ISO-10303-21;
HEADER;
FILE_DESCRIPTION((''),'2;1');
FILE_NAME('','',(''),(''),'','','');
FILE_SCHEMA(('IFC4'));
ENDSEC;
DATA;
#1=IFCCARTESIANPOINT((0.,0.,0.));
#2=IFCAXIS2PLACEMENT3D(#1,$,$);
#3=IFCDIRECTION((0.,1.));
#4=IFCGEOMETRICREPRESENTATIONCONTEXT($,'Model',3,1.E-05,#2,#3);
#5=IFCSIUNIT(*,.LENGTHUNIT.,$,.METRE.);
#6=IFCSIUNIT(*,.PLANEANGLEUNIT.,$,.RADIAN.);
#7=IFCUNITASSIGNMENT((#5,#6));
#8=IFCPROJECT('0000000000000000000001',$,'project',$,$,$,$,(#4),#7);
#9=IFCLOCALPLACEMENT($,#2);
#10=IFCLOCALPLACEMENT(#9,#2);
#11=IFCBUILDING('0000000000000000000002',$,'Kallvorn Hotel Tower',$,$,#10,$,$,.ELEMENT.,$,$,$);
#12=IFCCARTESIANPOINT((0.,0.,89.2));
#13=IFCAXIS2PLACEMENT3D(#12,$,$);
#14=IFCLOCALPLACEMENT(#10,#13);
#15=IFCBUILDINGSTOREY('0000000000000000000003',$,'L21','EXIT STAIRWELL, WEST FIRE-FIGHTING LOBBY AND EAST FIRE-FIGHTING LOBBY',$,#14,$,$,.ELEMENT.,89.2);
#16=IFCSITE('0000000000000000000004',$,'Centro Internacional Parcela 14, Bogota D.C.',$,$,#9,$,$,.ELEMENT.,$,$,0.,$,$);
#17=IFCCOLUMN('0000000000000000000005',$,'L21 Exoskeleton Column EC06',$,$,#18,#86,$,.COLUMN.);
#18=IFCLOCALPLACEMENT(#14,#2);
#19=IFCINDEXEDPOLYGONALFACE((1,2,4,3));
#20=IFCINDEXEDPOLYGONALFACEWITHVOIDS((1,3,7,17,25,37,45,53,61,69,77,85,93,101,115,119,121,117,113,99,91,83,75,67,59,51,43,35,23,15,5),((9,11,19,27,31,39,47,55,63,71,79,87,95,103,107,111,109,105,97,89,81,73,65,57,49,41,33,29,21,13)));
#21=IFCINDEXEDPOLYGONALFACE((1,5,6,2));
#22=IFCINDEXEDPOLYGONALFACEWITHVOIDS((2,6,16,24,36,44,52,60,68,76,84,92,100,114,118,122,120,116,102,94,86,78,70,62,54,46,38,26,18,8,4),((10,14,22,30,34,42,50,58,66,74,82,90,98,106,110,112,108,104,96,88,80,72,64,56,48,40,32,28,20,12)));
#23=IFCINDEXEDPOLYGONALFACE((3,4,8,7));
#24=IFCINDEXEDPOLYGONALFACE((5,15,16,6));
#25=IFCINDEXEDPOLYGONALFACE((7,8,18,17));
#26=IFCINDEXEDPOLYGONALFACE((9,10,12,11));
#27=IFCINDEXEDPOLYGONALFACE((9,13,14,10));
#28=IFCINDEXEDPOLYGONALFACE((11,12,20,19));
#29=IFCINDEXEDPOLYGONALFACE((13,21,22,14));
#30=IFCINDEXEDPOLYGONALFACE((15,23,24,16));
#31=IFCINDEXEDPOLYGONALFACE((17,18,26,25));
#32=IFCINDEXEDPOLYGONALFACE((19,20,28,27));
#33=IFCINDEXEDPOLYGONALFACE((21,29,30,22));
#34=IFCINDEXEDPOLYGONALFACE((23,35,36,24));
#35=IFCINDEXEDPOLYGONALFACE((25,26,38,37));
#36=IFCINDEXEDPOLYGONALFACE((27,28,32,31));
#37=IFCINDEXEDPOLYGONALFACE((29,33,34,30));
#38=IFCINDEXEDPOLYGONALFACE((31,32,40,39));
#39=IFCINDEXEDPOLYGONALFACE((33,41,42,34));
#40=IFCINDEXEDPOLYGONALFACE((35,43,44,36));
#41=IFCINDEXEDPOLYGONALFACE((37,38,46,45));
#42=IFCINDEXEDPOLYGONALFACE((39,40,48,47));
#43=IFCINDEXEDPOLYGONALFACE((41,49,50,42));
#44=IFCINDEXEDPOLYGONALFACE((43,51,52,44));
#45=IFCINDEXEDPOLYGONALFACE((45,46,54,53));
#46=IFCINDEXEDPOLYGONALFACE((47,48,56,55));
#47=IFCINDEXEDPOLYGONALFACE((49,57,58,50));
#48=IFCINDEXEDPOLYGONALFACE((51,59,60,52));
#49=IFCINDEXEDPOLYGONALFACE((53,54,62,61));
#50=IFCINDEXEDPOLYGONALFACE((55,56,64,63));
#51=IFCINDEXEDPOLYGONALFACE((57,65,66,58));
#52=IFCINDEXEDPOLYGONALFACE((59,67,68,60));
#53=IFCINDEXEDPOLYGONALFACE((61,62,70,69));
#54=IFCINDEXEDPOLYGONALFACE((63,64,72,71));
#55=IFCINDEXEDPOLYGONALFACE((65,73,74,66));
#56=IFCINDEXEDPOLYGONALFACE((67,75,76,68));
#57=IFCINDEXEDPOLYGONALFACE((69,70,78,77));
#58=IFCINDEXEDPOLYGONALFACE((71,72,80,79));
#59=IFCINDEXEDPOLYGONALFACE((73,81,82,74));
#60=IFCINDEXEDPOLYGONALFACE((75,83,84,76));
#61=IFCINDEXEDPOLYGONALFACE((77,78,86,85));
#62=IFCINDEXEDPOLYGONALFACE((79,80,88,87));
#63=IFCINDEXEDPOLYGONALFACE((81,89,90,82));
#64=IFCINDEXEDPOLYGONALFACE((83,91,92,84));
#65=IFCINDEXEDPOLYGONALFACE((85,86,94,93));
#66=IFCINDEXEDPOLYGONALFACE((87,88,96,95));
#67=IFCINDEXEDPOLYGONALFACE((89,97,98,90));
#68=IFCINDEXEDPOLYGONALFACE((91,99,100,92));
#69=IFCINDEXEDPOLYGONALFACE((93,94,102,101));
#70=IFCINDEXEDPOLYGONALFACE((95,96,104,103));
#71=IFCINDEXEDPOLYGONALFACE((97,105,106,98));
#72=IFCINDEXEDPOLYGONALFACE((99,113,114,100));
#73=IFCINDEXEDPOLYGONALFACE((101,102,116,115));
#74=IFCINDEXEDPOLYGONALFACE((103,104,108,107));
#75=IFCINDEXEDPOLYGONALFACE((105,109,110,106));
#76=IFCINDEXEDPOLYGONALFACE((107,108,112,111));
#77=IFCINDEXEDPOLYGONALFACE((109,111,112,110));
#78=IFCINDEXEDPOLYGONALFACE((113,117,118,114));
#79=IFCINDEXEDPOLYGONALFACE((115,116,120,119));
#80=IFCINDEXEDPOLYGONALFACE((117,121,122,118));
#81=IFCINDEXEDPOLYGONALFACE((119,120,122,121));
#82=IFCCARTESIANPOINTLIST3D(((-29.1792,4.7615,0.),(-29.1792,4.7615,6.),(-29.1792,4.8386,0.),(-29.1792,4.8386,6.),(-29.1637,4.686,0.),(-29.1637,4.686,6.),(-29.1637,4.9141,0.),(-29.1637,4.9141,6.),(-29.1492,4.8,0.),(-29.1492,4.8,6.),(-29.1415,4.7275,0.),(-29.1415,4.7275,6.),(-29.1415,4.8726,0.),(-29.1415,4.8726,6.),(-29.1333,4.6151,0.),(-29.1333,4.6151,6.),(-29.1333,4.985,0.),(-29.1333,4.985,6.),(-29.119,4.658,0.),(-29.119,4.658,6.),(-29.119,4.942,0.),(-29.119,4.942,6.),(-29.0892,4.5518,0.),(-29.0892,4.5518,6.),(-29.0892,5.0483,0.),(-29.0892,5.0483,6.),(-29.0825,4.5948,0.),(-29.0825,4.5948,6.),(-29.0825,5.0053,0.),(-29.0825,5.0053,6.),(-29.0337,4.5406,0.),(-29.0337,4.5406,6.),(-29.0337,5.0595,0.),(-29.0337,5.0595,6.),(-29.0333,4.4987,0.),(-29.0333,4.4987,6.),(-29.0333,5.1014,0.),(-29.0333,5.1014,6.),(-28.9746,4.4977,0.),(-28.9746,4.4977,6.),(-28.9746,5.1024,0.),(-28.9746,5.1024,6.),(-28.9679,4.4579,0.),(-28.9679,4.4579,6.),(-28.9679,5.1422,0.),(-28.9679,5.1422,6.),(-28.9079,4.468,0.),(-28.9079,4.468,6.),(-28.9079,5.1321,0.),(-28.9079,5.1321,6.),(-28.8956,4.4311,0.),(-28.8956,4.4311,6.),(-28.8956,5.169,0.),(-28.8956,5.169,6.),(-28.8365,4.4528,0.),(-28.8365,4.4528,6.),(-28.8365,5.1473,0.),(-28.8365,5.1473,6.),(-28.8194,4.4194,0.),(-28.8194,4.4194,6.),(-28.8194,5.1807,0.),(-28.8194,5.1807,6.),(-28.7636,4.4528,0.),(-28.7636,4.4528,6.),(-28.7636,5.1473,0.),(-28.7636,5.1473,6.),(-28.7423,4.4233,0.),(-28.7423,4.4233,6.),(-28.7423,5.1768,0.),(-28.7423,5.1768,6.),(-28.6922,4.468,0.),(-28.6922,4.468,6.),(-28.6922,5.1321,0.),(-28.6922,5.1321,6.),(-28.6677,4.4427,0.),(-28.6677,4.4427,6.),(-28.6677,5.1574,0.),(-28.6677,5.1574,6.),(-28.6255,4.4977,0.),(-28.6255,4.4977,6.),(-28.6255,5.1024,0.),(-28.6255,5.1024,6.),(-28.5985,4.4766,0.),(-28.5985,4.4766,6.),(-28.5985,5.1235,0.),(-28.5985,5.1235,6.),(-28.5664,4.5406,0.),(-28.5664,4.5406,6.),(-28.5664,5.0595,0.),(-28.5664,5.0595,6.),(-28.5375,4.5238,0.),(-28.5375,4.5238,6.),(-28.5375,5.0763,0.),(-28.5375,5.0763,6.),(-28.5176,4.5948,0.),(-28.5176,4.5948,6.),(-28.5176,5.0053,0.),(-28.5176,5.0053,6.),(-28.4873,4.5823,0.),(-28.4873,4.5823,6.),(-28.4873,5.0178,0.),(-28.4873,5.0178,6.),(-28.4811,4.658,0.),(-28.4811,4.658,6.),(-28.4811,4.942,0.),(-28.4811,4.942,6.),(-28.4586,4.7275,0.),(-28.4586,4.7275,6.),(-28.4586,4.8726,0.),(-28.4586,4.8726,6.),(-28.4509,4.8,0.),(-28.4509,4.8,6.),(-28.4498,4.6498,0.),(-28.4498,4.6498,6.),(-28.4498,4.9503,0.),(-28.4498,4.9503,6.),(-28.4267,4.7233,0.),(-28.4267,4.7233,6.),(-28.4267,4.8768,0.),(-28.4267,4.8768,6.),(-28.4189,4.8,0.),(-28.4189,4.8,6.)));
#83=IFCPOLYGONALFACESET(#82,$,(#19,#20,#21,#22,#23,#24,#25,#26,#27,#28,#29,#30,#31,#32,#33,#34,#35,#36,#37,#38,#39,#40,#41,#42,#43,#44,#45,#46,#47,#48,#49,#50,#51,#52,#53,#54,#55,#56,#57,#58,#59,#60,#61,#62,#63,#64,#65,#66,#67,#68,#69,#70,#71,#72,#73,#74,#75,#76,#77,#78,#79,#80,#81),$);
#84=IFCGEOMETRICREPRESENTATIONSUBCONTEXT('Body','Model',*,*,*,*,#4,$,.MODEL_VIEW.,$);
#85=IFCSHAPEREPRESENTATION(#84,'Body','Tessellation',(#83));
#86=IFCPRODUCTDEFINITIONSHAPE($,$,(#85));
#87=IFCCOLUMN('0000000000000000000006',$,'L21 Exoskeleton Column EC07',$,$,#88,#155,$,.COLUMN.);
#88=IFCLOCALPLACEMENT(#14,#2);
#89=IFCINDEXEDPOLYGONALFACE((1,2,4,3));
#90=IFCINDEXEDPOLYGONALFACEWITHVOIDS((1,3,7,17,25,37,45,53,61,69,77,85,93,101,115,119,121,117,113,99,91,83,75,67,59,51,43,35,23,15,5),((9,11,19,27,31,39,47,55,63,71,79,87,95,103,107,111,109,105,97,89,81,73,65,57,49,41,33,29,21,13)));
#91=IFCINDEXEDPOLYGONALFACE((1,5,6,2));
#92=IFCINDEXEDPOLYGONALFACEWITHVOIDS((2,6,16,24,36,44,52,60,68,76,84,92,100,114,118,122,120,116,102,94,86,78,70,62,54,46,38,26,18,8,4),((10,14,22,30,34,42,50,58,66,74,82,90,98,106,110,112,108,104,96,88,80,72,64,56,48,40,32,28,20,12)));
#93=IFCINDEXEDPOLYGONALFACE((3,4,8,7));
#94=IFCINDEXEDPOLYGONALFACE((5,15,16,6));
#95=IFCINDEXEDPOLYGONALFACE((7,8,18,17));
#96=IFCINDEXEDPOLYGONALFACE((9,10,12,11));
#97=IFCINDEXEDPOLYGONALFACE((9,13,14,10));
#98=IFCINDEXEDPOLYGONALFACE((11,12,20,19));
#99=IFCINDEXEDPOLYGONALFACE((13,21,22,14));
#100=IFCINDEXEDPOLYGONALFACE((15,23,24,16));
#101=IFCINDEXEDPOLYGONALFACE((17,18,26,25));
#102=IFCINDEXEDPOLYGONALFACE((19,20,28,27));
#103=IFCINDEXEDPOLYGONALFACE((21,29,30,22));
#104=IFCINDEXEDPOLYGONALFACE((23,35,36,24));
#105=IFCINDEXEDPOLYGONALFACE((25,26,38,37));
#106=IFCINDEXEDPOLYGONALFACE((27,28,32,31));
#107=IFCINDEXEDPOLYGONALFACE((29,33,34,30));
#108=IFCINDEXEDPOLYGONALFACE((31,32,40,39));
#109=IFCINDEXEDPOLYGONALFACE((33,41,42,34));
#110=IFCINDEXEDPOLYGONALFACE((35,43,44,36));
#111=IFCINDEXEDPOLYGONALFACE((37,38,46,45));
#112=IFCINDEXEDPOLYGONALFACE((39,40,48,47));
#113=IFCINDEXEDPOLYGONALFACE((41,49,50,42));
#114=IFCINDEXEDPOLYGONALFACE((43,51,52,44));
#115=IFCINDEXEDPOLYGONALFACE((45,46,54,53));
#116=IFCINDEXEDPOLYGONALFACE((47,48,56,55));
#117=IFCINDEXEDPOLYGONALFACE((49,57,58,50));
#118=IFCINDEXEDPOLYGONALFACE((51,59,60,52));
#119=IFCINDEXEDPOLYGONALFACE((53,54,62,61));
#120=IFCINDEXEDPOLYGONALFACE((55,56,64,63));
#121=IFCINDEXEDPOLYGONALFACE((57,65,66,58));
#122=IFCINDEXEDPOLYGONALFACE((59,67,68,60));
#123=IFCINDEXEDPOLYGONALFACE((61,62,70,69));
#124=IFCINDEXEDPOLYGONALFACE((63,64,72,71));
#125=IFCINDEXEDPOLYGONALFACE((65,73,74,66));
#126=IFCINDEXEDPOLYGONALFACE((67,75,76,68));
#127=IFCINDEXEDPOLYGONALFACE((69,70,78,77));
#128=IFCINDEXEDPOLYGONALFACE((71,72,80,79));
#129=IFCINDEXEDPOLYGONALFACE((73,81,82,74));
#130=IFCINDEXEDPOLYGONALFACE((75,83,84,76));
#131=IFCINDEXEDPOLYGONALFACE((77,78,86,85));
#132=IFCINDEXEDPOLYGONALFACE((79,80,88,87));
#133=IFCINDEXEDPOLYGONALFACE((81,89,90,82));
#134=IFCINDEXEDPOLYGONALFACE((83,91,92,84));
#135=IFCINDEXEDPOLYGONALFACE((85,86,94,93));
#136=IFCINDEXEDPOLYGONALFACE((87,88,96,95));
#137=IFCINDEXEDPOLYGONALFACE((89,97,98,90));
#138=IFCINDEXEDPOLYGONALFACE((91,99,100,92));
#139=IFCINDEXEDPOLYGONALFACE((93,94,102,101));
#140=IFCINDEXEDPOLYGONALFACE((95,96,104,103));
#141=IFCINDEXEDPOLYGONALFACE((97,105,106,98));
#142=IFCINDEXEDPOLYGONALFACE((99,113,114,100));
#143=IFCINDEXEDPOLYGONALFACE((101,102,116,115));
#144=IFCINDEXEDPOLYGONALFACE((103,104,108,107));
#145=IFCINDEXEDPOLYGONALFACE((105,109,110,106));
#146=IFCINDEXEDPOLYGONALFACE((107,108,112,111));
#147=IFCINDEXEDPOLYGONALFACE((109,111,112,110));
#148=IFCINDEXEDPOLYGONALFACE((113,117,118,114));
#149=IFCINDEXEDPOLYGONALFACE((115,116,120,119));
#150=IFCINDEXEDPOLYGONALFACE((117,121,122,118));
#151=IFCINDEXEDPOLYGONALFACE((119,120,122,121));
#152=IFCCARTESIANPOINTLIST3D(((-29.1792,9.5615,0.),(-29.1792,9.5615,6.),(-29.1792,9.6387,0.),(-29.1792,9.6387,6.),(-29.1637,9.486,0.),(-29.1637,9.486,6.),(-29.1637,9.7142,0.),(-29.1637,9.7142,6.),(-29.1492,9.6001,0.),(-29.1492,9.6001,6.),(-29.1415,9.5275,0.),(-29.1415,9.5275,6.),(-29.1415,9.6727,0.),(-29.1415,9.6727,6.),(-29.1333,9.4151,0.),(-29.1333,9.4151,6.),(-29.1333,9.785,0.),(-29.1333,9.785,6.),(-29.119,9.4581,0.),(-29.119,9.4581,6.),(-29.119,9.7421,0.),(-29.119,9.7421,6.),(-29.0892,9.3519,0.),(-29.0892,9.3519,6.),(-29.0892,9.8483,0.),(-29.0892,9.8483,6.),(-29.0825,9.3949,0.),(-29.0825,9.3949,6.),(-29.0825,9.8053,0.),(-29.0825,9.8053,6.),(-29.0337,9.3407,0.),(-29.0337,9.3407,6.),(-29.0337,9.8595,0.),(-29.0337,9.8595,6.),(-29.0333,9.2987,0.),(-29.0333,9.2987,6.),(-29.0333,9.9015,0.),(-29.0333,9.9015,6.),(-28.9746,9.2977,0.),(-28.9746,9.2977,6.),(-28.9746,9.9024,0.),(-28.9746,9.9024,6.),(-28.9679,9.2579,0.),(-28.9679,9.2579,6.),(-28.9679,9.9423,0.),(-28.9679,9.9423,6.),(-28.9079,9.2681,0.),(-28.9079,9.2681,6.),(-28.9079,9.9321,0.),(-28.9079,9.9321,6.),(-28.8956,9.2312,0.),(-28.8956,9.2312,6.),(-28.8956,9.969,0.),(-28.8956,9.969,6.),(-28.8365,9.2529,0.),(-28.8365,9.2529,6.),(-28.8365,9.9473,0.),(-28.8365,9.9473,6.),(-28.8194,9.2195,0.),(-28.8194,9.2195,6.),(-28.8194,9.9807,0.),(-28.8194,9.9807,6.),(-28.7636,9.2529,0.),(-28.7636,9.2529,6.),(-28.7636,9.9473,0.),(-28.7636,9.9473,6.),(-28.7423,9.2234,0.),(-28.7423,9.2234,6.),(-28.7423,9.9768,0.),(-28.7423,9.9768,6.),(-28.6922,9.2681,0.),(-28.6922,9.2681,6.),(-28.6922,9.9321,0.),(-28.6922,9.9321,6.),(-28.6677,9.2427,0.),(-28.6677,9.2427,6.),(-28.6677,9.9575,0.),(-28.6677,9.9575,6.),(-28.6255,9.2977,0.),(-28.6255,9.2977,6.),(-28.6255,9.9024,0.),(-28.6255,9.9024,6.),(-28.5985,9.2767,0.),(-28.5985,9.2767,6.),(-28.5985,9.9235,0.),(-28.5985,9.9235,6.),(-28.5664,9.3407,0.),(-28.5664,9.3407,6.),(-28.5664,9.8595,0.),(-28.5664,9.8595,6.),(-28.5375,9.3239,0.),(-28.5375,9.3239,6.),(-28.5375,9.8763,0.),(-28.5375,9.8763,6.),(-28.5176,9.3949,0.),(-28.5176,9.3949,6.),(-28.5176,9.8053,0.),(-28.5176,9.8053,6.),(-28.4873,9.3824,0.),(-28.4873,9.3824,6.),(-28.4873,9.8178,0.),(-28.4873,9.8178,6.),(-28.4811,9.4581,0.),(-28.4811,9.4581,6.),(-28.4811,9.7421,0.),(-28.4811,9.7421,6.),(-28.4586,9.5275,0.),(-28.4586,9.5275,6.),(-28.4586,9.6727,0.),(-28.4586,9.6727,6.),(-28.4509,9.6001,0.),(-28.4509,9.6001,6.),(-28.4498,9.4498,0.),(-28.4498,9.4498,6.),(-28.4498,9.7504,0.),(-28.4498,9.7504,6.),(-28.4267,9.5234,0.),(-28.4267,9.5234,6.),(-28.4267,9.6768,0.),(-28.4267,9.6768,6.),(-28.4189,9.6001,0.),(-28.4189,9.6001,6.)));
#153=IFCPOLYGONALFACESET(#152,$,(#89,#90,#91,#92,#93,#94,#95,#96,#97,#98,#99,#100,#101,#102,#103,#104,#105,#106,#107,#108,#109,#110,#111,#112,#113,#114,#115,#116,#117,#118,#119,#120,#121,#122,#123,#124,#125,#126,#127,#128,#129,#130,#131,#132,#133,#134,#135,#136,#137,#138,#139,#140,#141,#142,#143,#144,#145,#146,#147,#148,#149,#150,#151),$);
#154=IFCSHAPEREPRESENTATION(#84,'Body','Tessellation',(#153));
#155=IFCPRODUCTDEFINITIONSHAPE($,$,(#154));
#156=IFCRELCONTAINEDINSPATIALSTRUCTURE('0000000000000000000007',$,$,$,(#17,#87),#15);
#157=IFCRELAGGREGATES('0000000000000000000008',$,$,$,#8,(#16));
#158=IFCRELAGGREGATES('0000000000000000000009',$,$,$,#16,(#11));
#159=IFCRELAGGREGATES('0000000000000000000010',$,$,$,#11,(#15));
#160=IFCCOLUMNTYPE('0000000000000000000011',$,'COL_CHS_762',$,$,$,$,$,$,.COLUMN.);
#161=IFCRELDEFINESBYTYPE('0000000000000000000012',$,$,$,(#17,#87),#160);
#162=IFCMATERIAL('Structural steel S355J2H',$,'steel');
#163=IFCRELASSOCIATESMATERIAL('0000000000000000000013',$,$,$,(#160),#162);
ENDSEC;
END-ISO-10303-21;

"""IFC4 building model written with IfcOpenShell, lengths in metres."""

from ifc_helpers import new_model, si_unit, direction, frame, origin, origin_2d, place, context, subcontext, project, spatial, hollow_circle, extrude, material, material_profile, profile_set, type_object, element, save


model = new_model("IFC4")

# Units and contexts
model_context = context("Model", 3, precision=1e-05, world=origin(), true_north=direction((0.0, 1.0)))
body_context = subcontext(model_context, "Body", "Model", "MODEL_VIEW")
ifc_project = project(units=[si_unit("LENGTHUNIT", "METRE"), si_unit("PLANEANGLEUNIT", "RADIAN")], contexts=[model_context])

# Site, building, storey
site_placement = place(None, origin())
site = spatial("IfcSite", under=ifc_project, at=site_placement, Name="Centro Internacional Parcela 14, Bogota D.C.", CompositionType="ELEMENT", RefElevation=0.0)
building_placement = place(site_placement, origin())
building = spatial("IfcBuilding", under=site, at=building_placement, Name="Kallvorn Hotel Tower", CompositionType="ELEMENT")
storey_placement = place(building_placement, frame((0.0, 0.0, 89.2)))
storey = spatial("IfcBuildingStorey", under=building, at=storey_placement, Name="L21", Description="EXIT STAIRWELL, WEST FIRE-FIGHTING LOBBY AND EAST FIRE-FIGHTING LOBBY", CompositionType="ELEMENT", Elevation=89.2)

# Columns
ifc_material_1 = material(Name="Structural steel S355J2H", Category="steel")
ifc_material_profile_1 = material_profile(ifc_material_1, hollow_circle(Radius=0.3811, WallThickness=0.032, at=origin_2d()), Name="CHS 762x32")
ifc_profile_set_1 = profile_set([ifc_material_profile_1], Name="Structural steel S355J2H")
column_type_1 = type_object("IfcColumnType", Name="COL_CHS_762", PredefinedType="COLUMN", material=ifc_profile_set_1)
for number, where, z_axis, x_axis, name in (
    (1, (-28.8, 4.8, 0.0), (0.0, 0.0, 1.0), (1.0, 0.0, 0.0), "L21 Exoskeleton Column EC06"),
    (2, (-28.8, 9.6001, 0.0), (0.0, 0.0, 1.0), (1.0, 0.0, 0.0), "L21 Exoskeleton Column EC07"),
):
    element("IfcColumn", number, at=place(storey_placement, frame(where, z_axis=z_axis, x_axis=x_axis)), inside=storey, type_object=column_type_1, Name=name, PredefinedType="COLUMN", context=body_context, shape_type="SweptSolid", body=[
        extrude(hollow_circle(Radius=0.3811, WallThickness=0.032, at=origin_2d()), origin(), (0.0, 0.0, 1.0), 6.0),
    ])

save(model, "model.ifc")
